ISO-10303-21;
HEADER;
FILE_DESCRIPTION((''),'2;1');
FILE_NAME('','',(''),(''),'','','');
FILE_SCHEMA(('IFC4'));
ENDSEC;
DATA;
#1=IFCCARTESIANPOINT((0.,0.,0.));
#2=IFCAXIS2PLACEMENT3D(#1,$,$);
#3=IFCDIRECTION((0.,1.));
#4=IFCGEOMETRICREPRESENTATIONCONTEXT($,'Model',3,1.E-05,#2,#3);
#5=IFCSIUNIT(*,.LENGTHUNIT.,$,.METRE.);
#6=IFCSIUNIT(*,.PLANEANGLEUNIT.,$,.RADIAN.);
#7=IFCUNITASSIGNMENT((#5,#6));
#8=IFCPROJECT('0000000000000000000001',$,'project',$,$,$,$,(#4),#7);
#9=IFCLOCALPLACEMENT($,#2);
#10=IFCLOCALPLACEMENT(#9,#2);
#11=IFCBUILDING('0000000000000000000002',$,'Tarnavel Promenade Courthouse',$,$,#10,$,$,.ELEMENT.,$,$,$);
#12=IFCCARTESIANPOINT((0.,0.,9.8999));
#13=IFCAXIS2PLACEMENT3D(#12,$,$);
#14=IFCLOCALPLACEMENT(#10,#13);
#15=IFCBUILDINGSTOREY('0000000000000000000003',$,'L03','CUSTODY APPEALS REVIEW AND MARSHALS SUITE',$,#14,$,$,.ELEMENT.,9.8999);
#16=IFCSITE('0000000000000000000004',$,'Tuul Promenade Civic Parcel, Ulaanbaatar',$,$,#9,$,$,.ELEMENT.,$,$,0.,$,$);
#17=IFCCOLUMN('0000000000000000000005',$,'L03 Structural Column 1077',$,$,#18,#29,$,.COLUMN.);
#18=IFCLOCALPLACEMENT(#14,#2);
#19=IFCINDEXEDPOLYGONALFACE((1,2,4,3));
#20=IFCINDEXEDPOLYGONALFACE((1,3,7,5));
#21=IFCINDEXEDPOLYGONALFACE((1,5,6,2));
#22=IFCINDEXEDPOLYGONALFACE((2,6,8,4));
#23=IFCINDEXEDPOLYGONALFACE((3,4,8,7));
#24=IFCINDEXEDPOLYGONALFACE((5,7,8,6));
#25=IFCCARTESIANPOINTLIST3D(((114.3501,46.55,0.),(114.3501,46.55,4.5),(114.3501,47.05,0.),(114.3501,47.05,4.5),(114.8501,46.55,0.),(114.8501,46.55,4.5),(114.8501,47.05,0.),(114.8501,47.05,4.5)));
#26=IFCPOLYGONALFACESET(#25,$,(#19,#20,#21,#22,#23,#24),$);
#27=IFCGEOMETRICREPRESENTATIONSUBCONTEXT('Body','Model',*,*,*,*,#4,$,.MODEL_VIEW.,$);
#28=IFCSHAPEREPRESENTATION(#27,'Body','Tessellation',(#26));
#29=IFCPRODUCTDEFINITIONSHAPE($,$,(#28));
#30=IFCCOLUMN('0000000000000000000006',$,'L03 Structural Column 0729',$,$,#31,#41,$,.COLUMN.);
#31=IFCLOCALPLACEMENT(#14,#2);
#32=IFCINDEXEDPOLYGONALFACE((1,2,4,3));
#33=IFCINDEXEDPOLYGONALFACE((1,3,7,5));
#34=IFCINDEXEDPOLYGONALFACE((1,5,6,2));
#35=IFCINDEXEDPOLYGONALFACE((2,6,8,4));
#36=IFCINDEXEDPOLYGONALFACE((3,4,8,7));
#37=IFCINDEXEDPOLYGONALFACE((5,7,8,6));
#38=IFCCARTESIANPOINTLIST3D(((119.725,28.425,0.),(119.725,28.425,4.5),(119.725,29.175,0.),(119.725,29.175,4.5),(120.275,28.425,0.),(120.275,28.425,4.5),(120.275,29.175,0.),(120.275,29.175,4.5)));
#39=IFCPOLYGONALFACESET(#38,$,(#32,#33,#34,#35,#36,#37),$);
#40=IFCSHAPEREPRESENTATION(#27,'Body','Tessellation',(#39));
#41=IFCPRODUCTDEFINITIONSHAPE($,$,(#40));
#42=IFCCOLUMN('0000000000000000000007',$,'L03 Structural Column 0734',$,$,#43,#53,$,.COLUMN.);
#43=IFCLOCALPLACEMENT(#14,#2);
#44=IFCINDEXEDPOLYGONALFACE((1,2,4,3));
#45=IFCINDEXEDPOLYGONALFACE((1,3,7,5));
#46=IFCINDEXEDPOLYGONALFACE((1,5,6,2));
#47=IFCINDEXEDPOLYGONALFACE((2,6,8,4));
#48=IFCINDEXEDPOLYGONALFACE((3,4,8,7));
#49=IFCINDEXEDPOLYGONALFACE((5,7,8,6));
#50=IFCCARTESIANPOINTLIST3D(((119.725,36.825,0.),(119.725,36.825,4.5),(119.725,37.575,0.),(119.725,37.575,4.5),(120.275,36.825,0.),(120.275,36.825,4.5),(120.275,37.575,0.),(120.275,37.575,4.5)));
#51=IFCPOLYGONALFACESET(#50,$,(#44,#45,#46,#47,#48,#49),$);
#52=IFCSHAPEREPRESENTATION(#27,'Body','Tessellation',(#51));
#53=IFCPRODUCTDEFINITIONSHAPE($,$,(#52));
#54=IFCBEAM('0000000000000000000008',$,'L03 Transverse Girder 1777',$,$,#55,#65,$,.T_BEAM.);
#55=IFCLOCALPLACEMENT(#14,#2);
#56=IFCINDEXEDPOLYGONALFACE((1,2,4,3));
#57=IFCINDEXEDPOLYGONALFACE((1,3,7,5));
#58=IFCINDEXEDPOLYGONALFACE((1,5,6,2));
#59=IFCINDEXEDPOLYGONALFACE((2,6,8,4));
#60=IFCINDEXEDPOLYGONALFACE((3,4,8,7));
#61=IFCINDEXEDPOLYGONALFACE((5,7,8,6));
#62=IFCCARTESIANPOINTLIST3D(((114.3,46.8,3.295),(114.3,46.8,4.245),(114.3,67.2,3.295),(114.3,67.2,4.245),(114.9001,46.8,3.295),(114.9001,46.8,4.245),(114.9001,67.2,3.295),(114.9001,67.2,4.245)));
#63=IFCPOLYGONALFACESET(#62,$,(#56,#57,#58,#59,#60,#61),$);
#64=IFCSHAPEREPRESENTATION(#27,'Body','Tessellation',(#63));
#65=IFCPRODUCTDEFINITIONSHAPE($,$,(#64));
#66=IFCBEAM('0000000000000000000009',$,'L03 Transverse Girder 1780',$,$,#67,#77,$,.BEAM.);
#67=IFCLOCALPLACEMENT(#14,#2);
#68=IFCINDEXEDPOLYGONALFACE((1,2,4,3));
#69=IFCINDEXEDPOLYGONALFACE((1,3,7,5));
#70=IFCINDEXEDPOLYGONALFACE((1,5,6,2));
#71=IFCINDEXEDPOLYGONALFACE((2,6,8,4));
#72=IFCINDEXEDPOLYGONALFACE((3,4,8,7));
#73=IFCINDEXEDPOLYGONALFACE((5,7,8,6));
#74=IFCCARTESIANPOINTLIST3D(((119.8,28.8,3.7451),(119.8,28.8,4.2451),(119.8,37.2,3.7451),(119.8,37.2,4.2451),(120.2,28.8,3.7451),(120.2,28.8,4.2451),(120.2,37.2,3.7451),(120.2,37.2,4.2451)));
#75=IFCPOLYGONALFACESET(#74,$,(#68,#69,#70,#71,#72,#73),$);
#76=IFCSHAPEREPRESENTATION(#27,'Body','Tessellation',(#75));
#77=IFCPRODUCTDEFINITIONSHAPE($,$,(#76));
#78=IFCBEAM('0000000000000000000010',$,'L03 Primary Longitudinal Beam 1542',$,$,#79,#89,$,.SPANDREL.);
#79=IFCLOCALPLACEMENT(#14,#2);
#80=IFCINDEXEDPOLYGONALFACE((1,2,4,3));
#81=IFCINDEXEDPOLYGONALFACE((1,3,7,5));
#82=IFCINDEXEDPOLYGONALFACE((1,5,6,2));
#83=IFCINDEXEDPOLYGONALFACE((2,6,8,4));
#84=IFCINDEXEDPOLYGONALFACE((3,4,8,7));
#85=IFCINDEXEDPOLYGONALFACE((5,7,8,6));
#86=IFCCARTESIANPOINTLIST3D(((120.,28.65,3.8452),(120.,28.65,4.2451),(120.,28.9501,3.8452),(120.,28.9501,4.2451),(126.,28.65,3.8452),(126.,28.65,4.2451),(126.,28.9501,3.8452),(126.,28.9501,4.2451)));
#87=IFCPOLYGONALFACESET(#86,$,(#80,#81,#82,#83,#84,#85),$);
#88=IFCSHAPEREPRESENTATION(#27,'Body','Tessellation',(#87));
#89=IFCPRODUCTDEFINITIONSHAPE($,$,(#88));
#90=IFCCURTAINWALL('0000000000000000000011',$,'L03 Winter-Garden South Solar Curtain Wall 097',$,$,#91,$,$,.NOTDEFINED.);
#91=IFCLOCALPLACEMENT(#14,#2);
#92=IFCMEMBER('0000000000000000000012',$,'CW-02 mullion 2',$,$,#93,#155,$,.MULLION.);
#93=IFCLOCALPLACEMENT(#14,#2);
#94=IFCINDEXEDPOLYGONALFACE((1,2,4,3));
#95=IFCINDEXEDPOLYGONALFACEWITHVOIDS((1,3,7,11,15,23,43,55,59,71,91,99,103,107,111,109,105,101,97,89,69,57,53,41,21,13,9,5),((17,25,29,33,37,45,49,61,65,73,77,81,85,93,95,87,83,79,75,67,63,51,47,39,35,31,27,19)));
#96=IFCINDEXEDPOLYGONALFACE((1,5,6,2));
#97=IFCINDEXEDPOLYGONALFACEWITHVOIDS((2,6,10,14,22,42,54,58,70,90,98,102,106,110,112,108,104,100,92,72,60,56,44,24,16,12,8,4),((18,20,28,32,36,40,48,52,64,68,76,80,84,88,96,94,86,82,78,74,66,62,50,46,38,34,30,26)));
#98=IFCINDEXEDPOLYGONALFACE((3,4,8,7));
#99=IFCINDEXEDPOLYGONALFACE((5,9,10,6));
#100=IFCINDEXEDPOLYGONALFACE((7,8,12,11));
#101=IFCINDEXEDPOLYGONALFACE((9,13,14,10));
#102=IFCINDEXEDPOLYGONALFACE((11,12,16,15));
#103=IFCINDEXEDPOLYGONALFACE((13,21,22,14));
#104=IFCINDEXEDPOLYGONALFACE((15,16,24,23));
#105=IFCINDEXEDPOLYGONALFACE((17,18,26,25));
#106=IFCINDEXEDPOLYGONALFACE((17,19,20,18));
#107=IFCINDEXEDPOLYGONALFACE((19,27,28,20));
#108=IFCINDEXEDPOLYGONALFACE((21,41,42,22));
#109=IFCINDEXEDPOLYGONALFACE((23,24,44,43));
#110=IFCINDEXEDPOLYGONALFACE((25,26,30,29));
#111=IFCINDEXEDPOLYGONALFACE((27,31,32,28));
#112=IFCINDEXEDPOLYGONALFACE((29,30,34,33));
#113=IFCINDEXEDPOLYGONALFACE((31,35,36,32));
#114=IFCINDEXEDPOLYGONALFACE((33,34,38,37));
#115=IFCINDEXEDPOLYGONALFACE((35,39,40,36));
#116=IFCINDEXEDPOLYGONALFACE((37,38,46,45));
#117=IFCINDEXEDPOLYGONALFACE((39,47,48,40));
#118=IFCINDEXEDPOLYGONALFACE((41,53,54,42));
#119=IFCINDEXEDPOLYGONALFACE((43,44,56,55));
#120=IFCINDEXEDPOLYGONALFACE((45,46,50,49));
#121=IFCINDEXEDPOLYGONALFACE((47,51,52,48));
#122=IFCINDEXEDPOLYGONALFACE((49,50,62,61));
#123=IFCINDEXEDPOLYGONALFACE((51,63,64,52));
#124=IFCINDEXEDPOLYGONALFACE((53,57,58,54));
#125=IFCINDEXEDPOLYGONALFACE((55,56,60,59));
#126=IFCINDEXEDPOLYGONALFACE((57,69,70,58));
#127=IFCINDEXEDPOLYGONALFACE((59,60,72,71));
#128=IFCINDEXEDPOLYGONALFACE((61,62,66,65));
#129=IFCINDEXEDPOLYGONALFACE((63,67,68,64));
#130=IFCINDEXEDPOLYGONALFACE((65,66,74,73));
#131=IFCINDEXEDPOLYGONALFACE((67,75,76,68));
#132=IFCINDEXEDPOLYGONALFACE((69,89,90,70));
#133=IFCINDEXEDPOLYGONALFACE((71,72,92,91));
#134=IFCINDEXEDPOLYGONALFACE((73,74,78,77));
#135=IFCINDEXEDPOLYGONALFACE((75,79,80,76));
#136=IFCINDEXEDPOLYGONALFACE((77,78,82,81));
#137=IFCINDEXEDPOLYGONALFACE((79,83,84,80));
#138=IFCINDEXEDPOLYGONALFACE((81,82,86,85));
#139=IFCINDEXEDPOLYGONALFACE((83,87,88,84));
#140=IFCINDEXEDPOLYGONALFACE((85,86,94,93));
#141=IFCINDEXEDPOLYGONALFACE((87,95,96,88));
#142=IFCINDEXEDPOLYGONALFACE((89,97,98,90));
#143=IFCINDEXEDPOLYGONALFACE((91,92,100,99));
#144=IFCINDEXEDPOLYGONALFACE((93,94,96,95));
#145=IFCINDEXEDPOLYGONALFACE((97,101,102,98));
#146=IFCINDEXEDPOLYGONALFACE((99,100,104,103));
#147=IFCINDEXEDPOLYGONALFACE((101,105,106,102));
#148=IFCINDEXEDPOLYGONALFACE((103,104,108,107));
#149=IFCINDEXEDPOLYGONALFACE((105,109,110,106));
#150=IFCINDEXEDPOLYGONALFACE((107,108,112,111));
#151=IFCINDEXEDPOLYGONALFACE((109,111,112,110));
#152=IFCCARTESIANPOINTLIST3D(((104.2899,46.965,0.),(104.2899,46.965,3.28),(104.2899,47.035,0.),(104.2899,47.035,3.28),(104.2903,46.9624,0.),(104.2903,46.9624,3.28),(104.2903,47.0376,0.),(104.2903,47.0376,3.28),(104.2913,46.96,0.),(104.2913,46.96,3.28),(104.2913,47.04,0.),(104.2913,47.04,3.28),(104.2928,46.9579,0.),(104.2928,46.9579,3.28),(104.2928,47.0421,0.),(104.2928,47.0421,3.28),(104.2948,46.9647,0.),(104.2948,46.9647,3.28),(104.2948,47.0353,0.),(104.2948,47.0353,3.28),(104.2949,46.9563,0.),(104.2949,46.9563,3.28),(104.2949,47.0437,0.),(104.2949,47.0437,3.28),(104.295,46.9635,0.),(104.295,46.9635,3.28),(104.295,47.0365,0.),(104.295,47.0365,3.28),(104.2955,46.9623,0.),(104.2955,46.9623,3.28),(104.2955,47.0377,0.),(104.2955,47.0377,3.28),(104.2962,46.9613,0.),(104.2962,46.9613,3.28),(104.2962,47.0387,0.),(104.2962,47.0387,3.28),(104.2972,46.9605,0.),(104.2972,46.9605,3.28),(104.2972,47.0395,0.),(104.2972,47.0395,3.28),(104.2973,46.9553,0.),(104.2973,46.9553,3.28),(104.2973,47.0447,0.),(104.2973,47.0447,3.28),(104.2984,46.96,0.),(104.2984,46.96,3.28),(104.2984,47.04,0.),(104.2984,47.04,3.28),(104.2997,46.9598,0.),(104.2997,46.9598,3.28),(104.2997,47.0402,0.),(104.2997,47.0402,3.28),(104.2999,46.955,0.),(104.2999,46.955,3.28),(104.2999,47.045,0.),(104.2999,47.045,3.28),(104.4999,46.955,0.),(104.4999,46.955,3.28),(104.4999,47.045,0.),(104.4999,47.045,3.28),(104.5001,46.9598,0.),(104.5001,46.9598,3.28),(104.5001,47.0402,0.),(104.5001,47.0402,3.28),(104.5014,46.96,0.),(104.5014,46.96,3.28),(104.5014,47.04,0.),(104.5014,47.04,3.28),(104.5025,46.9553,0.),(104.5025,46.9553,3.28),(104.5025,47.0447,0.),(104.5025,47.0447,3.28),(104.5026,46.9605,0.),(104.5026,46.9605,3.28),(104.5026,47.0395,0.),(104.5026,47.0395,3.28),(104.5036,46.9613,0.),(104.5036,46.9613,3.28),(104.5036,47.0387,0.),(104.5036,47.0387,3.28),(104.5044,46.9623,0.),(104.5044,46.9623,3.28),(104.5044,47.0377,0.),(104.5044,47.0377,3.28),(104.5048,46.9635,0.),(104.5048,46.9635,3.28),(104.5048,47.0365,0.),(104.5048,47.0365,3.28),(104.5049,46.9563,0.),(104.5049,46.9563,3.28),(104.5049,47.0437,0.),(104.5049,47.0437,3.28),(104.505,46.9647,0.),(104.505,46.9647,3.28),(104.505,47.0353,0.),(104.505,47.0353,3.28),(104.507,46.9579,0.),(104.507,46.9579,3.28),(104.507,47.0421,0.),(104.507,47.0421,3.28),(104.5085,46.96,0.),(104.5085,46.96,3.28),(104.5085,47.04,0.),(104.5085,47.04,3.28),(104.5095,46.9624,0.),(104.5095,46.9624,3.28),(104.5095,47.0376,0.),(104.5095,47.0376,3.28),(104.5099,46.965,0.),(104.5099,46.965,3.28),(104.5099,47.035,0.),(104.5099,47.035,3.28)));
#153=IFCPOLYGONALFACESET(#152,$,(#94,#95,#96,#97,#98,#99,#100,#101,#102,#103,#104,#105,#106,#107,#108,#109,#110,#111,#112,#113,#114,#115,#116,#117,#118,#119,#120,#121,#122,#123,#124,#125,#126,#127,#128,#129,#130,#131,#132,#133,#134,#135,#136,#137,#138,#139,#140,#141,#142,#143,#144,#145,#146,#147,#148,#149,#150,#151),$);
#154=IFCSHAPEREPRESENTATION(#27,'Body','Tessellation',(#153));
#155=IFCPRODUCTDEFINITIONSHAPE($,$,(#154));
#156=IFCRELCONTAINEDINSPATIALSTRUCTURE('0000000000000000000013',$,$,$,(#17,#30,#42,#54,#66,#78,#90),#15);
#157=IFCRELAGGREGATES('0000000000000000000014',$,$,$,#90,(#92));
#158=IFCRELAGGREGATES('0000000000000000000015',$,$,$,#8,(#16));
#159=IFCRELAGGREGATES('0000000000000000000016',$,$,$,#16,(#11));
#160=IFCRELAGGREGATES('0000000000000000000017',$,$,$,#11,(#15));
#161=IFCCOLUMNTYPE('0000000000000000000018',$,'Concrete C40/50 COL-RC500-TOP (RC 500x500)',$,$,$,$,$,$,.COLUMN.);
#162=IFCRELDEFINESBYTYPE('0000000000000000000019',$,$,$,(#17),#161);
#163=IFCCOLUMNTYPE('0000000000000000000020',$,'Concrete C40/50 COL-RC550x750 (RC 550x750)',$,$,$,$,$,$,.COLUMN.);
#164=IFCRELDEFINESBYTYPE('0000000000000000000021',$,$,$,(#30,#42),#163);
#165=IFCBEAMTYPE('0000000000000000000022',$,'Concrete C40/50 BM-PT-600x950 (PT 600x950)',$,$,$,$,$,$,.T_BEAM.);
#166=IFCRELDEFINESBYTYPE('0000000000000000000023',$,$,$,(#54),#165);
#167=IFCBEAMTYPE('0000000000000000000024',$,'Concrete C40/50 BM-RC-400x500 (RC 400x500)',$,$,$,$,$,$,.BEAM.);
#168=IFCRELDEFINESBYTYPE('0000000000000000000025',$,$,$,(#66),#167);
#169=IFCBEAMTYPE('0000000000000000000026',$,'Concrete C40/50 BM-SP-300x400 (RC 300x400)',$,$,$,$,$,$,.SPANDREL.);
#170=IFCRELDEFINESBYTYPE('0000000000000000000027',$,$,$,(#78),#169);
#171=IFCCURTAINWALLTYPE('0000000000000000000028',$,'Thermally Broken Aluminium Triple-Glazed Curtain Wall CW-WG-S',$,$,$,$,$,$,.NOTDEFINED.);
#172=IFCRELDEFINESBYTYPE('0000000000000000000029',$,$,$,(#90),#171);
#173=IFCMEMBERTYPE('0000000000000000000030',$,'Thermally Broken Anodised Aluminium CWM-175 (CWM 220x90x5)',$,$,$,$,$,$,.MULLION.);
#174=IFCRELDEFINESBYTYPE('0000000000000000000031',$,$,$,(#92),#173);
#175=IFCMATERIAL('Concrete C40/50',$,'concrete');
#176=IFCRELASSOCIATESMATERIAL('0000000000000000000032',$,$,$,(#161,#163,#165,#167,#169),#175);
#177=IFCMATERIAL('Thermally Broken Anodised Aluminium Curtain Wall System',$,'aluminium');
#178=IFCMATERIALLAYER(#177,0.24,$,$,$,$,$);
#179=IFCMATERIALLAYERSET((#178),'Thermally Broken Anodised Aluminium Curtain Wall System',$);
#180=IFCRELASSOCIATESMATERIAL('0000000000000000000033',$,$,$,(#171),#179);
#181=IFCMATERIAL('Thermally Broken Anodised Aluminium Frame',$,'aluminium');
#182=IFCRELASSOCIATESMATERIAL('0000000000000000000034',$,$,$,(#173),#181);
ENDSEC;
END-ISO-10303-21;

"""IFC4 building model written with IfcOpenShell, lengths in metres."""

from ifc_helpers import new_model, si_unit, direction, frame, origin, origin_2d, place, context, subcontext, project, spatial, rectangle, hollow_rectangle, extrude, material, layer, layer_set, material_profile, profile_set, type_object, element, aggregate, save


model = new_model("IFC4")

# Units and contexts
model_context = context("Model", 3, precision=1e-05, world=origin(), true_north=direction((0.0, 1.0)))
body_context = subcontext(model_context, "Body", "Model", "MODEL_VIEW")
ifc_project = project(units=[si_unit("LENGTHUNIT", "METRE"), si_unit("PLANEANGLEUNIT", "RADIAN")], contexts=[model_context])

# Site, building, storey
site_placement = place(None, origin())
site = spatial("IfcSite", under=ifc_project, at=site_placement, Name="Tuul Promenade Civic Parcel, Ulaanbaatar", CompositionType="ELEMENT", RefElevation=0.0)
building_placement = place(site_placement, origin())
building = spatial("IfcBuilding", under=site, at=building_placement, Name="Tarnavel Promenade Courthouse", CompositionType="ELEMENT")
storey_placement = place(building_placement, frame((0.0, 0.0, 9.8999)))
storey = spatial("IfcBuildingStorey", under=building, at=storey_placement, Name="L03", Description="CUSTODY APPEALS REVIEW AND MARSHALS SUITE", CompositionType="ELEMENT", Elevation=9.8999)

# Columns
ifc_material_1 = material(Name="Concrete C40/50", Category="concrete")
ifc_material_profile_1 = material_profile(ifc_material_1, rectangle(XDim=0.5, YDim=0.5, at=origin_2d()), Name="RC 500x500")
ifc_profile_set_1 = profile_set([ifc_material_profile_1], Name="Concrete C40/50")
column_type_1 = type_object("IfcColumnType", Name="Concrete C40/50 COL-RC500-TOP (RC 500x500)", PredefinedType="COLUMN", material=ifc_profile_set_1)
column_placement = place(storey_placement, frame((114.6001, 46.8, 0.0), z_axis=(0.0, 0.0, 1.0), x_axis=(1.0, 0.0, 0.0)))
element("IfcColumn", 1, at=column_placement, inside=storey, type_object=column_type_1, Name="L03 Structural Column 1077", PredefinedType="COLUMN", context=body_context, shape_type="SweptSolid", body=[
    extrude(rectangle(XDim=0.5, YDim=0.5, at=origin_2d()), origin(), (0.0, 0.0, 1.0), 4.5),
])
ifc_material_profile_2 = material_profile(ifc_material_1, rectangle(XDim=0.55, YDim=0.75, at=origin_2d()), Name="RC 550x750")
ifc_profile_set_2 = profile_set([ifc_material_profile_2], Name="Concrete C40/50")
column_type_2 = type_object("IfcColumnType", Name="Concrete C40/50 COL-RC550x750 (RC 550x750)", PredefinedType="COLUMN", material=ifc_profile_set_2)
for number, where, z_axis, x_axis, name in (
    (2, (120.0, 28.8, 0.0), (0.0, 0.0, 1.0), (1.0, 0.0, 0.0), "L03 Structural Column 0729"),
    (3, (120.0, 37.2, 0.0), (0.0, 0.0, 1.0), (1.0, 0.0, 0.0), "L03 Structural Column 0734"),
):
    element("IfcColumn", number, at=place(storey_placement, frame(where, z_axis=z_axis, x_axis=x_axis)), inside=storey, type_object=column_type_2, Name=name, PredefinedType="COLUMN", context=body_context, shape_type="SweptSolid", body=[
        extrude(rectangle(XDim=0.55, YDim=0.75, at=origin_2d()), origin(), (0.0, 0.0, 1.0), 4.5),
    ])

# Beams
ifc_material_profile_3 = material_profile(ifc_material_1, rectangle(XDim=0.6001, YDim=0.95, at=origin_2d()), Name="PT 600x950")
ifc_profile_set_3 = profile_set([ifc_material_profile_3], Name="Concrete C40/50")
beam_type_1 = type_object("IfcBeamType", Name="Concrete C40/50 BM-PT-600x950 (PT 600x950)", PredefinedType="T_BEAM", material=ifc_profile_set_3)
beam_1_placement = place(storey_placement, frame((114.6001, 46.8, 3.77), z_axis=(0.0, 1.0, 0.0), x_axis=(-1.0, 0.0, 0.0)))
element("IfcBeam", 4, at=beam_1_placement, inside=storey, type_object=beam_type_1, Name="L03 Transverse Girder 1777", PredefinedType="T_BEAM", context=body_context, shape_type="SweptSolid", body=[
    extrude(rectangle(XDim=0.6001, YDim=0.95, at=origin_2d()), origin(), (0.0, 0.0, 1.0), 20.3999),
])
ifc_material_profile_4 = material_profile(ifc_material_1, rectangle(XDim=0.3999, YDim=0.5, at=origin_2d()), Name="RC 400x500")
ifc_profile_set_4 = profile_set([ifc_material_profile_4], Name="Concrete C40/50")
beam_type_2 = type_object("IfcBeamType", Name="Concrete C40/50 BM-RC-400x500 (RC 400x500)", PredefinedType="BEAM", material=ifc_profile_set_4)
beam_2_placement = place(storey_placement, frame((120.0, 28.8, 3.9951), z_axis=(0.0, 1.0, 0.0), x_axis=(-1.0, 0.0, 0.0)))
element("IfcBeam", 5, at=beam_2_placement, inside=storey, type_object=beam_type_2, Name="L03 Transverse Girder 1780", PredefinedType="BEAM", context=body_context, shape_type="SweptSolid", body=[
    extrude(rectangle(XDim=0.3999, YDim=0.5, at=origin_2d()), origin(), (0.0, 0.0, 1.0), 8.3999),
])
ifc_material_profile_5 = material_profile(ifc_material_1, rectangle(XDim=0.3, YDim=0.3999, at=origin_2d()), Name="RC 300x400")
ifc_profile_set_5 = profile_set([ifc_material_profile_5], Name="Concrete C40/50")
beam_type_3 = type_object("IfcBeamType", Name="Concrete C40/50 BM-SP-300x400 (RC 300x400)", PredefinedType="SPANDREL", material=ifc_profile_set_5)
beam_3_placement = place(storey_placement, frame((120.0, 28.8, 4.0452), z_axis=(1.0, 0.0, 0.0), x_axis=(0.0, 1.0, 0.0)))
element("IfcBeam", 6, at=beam_3_placement, inside=storey, type_object=beam_type_3, Name="L03 Primary Longitudinal Beam 1542", PredefinedType="SPANDREL", context=body_context, shape_type="SweptSolid", body=[
    extrude(rectangle(XDim=0.3, YDim=0.3999, at=origin_2d()), origin(), (0.0, 0.0, 1.0), 6.0),
])

# Curtain wall, member
ifc_material_2 = material(Name="Thermally Broken Anodised Aluminium Curtain Wall System", Category="aluminium")
ifc_layer_1 = layer(ifc_material_2, 0.24)
ifc_layer_set_1 = layer_set([ifc_layer_1], Name="Thermally Broken Anodised Aluminium Curtain Wall System")
curtain_wall_type = type_object("IfcCurtainWallType", Name="Thermally Broken Aluminium Triple-Glazed Curtain Wall CW-WG-S", PredefinedType="NOTDEFINED", material=ifc_layer_set_1)
curtain_wall_1_placement = place(storey_placement, origin())
curtain_wall_1 = element("IfcCurtainWall", 7, at=curtain_wall_1_placement, inside=storey, type_object=curtain_wall_type, Name="L03 Winter-Garden South Solar Curtain Wall 097", PredefinedType="NOTDEFINED")
ifc_material_3 = material(Name="Thermally Broken Anodised Aluminium Frame", Category="aluminium")
ifc_material_profile_6 = material_profile(ifc_material_3, hollow_rectangle(XDim=0.0901, YDim=0.22, WallThickness=0.0049, InnerFilletRadius=0.0049, OuterFilletRadius=0.01, at=origin_2d()), Name="CWM 220x90x5")
ifc_profile_set_6 = profile_set([ifc_material_profile_6], Name="Thermally Broken Anodised Aluminium Frame")
member_type_1 = type_object("IfcMemberType", Name="Thermally Broken Anodised Aluminium CWM-175 (CWM 220x90x5)", PredefinedType="MULLION", material=ifc_profile_set_6)
member_1_placement = place(storey_placement, frame((104.3999, 47.0, 0.0), z_axis=(0.0, 0.0, 1.0), x_axis=(0.0, 1.0, 0.0)))
member_1 = element("IfcMember", 8, at=member_1_placement, type_object=member_type_1, Name="CW-02 mullion 2", PredefinedType="MULLION", context=body_context, shape_type="SweptSolid", body=[
    extrude(hollow_rectangle(XDim=0.0901, YDim=0.22, WallThickness=0.0049, InnerFilletRadius=0.0049, OuterFilletRadius=0.01, at=origin_2d()), origin(), (0.0, 0.0, 1.0), 3.28),
])

aggregate(curtain_wall_1, [member_1])

save(model, "model.ifc")
